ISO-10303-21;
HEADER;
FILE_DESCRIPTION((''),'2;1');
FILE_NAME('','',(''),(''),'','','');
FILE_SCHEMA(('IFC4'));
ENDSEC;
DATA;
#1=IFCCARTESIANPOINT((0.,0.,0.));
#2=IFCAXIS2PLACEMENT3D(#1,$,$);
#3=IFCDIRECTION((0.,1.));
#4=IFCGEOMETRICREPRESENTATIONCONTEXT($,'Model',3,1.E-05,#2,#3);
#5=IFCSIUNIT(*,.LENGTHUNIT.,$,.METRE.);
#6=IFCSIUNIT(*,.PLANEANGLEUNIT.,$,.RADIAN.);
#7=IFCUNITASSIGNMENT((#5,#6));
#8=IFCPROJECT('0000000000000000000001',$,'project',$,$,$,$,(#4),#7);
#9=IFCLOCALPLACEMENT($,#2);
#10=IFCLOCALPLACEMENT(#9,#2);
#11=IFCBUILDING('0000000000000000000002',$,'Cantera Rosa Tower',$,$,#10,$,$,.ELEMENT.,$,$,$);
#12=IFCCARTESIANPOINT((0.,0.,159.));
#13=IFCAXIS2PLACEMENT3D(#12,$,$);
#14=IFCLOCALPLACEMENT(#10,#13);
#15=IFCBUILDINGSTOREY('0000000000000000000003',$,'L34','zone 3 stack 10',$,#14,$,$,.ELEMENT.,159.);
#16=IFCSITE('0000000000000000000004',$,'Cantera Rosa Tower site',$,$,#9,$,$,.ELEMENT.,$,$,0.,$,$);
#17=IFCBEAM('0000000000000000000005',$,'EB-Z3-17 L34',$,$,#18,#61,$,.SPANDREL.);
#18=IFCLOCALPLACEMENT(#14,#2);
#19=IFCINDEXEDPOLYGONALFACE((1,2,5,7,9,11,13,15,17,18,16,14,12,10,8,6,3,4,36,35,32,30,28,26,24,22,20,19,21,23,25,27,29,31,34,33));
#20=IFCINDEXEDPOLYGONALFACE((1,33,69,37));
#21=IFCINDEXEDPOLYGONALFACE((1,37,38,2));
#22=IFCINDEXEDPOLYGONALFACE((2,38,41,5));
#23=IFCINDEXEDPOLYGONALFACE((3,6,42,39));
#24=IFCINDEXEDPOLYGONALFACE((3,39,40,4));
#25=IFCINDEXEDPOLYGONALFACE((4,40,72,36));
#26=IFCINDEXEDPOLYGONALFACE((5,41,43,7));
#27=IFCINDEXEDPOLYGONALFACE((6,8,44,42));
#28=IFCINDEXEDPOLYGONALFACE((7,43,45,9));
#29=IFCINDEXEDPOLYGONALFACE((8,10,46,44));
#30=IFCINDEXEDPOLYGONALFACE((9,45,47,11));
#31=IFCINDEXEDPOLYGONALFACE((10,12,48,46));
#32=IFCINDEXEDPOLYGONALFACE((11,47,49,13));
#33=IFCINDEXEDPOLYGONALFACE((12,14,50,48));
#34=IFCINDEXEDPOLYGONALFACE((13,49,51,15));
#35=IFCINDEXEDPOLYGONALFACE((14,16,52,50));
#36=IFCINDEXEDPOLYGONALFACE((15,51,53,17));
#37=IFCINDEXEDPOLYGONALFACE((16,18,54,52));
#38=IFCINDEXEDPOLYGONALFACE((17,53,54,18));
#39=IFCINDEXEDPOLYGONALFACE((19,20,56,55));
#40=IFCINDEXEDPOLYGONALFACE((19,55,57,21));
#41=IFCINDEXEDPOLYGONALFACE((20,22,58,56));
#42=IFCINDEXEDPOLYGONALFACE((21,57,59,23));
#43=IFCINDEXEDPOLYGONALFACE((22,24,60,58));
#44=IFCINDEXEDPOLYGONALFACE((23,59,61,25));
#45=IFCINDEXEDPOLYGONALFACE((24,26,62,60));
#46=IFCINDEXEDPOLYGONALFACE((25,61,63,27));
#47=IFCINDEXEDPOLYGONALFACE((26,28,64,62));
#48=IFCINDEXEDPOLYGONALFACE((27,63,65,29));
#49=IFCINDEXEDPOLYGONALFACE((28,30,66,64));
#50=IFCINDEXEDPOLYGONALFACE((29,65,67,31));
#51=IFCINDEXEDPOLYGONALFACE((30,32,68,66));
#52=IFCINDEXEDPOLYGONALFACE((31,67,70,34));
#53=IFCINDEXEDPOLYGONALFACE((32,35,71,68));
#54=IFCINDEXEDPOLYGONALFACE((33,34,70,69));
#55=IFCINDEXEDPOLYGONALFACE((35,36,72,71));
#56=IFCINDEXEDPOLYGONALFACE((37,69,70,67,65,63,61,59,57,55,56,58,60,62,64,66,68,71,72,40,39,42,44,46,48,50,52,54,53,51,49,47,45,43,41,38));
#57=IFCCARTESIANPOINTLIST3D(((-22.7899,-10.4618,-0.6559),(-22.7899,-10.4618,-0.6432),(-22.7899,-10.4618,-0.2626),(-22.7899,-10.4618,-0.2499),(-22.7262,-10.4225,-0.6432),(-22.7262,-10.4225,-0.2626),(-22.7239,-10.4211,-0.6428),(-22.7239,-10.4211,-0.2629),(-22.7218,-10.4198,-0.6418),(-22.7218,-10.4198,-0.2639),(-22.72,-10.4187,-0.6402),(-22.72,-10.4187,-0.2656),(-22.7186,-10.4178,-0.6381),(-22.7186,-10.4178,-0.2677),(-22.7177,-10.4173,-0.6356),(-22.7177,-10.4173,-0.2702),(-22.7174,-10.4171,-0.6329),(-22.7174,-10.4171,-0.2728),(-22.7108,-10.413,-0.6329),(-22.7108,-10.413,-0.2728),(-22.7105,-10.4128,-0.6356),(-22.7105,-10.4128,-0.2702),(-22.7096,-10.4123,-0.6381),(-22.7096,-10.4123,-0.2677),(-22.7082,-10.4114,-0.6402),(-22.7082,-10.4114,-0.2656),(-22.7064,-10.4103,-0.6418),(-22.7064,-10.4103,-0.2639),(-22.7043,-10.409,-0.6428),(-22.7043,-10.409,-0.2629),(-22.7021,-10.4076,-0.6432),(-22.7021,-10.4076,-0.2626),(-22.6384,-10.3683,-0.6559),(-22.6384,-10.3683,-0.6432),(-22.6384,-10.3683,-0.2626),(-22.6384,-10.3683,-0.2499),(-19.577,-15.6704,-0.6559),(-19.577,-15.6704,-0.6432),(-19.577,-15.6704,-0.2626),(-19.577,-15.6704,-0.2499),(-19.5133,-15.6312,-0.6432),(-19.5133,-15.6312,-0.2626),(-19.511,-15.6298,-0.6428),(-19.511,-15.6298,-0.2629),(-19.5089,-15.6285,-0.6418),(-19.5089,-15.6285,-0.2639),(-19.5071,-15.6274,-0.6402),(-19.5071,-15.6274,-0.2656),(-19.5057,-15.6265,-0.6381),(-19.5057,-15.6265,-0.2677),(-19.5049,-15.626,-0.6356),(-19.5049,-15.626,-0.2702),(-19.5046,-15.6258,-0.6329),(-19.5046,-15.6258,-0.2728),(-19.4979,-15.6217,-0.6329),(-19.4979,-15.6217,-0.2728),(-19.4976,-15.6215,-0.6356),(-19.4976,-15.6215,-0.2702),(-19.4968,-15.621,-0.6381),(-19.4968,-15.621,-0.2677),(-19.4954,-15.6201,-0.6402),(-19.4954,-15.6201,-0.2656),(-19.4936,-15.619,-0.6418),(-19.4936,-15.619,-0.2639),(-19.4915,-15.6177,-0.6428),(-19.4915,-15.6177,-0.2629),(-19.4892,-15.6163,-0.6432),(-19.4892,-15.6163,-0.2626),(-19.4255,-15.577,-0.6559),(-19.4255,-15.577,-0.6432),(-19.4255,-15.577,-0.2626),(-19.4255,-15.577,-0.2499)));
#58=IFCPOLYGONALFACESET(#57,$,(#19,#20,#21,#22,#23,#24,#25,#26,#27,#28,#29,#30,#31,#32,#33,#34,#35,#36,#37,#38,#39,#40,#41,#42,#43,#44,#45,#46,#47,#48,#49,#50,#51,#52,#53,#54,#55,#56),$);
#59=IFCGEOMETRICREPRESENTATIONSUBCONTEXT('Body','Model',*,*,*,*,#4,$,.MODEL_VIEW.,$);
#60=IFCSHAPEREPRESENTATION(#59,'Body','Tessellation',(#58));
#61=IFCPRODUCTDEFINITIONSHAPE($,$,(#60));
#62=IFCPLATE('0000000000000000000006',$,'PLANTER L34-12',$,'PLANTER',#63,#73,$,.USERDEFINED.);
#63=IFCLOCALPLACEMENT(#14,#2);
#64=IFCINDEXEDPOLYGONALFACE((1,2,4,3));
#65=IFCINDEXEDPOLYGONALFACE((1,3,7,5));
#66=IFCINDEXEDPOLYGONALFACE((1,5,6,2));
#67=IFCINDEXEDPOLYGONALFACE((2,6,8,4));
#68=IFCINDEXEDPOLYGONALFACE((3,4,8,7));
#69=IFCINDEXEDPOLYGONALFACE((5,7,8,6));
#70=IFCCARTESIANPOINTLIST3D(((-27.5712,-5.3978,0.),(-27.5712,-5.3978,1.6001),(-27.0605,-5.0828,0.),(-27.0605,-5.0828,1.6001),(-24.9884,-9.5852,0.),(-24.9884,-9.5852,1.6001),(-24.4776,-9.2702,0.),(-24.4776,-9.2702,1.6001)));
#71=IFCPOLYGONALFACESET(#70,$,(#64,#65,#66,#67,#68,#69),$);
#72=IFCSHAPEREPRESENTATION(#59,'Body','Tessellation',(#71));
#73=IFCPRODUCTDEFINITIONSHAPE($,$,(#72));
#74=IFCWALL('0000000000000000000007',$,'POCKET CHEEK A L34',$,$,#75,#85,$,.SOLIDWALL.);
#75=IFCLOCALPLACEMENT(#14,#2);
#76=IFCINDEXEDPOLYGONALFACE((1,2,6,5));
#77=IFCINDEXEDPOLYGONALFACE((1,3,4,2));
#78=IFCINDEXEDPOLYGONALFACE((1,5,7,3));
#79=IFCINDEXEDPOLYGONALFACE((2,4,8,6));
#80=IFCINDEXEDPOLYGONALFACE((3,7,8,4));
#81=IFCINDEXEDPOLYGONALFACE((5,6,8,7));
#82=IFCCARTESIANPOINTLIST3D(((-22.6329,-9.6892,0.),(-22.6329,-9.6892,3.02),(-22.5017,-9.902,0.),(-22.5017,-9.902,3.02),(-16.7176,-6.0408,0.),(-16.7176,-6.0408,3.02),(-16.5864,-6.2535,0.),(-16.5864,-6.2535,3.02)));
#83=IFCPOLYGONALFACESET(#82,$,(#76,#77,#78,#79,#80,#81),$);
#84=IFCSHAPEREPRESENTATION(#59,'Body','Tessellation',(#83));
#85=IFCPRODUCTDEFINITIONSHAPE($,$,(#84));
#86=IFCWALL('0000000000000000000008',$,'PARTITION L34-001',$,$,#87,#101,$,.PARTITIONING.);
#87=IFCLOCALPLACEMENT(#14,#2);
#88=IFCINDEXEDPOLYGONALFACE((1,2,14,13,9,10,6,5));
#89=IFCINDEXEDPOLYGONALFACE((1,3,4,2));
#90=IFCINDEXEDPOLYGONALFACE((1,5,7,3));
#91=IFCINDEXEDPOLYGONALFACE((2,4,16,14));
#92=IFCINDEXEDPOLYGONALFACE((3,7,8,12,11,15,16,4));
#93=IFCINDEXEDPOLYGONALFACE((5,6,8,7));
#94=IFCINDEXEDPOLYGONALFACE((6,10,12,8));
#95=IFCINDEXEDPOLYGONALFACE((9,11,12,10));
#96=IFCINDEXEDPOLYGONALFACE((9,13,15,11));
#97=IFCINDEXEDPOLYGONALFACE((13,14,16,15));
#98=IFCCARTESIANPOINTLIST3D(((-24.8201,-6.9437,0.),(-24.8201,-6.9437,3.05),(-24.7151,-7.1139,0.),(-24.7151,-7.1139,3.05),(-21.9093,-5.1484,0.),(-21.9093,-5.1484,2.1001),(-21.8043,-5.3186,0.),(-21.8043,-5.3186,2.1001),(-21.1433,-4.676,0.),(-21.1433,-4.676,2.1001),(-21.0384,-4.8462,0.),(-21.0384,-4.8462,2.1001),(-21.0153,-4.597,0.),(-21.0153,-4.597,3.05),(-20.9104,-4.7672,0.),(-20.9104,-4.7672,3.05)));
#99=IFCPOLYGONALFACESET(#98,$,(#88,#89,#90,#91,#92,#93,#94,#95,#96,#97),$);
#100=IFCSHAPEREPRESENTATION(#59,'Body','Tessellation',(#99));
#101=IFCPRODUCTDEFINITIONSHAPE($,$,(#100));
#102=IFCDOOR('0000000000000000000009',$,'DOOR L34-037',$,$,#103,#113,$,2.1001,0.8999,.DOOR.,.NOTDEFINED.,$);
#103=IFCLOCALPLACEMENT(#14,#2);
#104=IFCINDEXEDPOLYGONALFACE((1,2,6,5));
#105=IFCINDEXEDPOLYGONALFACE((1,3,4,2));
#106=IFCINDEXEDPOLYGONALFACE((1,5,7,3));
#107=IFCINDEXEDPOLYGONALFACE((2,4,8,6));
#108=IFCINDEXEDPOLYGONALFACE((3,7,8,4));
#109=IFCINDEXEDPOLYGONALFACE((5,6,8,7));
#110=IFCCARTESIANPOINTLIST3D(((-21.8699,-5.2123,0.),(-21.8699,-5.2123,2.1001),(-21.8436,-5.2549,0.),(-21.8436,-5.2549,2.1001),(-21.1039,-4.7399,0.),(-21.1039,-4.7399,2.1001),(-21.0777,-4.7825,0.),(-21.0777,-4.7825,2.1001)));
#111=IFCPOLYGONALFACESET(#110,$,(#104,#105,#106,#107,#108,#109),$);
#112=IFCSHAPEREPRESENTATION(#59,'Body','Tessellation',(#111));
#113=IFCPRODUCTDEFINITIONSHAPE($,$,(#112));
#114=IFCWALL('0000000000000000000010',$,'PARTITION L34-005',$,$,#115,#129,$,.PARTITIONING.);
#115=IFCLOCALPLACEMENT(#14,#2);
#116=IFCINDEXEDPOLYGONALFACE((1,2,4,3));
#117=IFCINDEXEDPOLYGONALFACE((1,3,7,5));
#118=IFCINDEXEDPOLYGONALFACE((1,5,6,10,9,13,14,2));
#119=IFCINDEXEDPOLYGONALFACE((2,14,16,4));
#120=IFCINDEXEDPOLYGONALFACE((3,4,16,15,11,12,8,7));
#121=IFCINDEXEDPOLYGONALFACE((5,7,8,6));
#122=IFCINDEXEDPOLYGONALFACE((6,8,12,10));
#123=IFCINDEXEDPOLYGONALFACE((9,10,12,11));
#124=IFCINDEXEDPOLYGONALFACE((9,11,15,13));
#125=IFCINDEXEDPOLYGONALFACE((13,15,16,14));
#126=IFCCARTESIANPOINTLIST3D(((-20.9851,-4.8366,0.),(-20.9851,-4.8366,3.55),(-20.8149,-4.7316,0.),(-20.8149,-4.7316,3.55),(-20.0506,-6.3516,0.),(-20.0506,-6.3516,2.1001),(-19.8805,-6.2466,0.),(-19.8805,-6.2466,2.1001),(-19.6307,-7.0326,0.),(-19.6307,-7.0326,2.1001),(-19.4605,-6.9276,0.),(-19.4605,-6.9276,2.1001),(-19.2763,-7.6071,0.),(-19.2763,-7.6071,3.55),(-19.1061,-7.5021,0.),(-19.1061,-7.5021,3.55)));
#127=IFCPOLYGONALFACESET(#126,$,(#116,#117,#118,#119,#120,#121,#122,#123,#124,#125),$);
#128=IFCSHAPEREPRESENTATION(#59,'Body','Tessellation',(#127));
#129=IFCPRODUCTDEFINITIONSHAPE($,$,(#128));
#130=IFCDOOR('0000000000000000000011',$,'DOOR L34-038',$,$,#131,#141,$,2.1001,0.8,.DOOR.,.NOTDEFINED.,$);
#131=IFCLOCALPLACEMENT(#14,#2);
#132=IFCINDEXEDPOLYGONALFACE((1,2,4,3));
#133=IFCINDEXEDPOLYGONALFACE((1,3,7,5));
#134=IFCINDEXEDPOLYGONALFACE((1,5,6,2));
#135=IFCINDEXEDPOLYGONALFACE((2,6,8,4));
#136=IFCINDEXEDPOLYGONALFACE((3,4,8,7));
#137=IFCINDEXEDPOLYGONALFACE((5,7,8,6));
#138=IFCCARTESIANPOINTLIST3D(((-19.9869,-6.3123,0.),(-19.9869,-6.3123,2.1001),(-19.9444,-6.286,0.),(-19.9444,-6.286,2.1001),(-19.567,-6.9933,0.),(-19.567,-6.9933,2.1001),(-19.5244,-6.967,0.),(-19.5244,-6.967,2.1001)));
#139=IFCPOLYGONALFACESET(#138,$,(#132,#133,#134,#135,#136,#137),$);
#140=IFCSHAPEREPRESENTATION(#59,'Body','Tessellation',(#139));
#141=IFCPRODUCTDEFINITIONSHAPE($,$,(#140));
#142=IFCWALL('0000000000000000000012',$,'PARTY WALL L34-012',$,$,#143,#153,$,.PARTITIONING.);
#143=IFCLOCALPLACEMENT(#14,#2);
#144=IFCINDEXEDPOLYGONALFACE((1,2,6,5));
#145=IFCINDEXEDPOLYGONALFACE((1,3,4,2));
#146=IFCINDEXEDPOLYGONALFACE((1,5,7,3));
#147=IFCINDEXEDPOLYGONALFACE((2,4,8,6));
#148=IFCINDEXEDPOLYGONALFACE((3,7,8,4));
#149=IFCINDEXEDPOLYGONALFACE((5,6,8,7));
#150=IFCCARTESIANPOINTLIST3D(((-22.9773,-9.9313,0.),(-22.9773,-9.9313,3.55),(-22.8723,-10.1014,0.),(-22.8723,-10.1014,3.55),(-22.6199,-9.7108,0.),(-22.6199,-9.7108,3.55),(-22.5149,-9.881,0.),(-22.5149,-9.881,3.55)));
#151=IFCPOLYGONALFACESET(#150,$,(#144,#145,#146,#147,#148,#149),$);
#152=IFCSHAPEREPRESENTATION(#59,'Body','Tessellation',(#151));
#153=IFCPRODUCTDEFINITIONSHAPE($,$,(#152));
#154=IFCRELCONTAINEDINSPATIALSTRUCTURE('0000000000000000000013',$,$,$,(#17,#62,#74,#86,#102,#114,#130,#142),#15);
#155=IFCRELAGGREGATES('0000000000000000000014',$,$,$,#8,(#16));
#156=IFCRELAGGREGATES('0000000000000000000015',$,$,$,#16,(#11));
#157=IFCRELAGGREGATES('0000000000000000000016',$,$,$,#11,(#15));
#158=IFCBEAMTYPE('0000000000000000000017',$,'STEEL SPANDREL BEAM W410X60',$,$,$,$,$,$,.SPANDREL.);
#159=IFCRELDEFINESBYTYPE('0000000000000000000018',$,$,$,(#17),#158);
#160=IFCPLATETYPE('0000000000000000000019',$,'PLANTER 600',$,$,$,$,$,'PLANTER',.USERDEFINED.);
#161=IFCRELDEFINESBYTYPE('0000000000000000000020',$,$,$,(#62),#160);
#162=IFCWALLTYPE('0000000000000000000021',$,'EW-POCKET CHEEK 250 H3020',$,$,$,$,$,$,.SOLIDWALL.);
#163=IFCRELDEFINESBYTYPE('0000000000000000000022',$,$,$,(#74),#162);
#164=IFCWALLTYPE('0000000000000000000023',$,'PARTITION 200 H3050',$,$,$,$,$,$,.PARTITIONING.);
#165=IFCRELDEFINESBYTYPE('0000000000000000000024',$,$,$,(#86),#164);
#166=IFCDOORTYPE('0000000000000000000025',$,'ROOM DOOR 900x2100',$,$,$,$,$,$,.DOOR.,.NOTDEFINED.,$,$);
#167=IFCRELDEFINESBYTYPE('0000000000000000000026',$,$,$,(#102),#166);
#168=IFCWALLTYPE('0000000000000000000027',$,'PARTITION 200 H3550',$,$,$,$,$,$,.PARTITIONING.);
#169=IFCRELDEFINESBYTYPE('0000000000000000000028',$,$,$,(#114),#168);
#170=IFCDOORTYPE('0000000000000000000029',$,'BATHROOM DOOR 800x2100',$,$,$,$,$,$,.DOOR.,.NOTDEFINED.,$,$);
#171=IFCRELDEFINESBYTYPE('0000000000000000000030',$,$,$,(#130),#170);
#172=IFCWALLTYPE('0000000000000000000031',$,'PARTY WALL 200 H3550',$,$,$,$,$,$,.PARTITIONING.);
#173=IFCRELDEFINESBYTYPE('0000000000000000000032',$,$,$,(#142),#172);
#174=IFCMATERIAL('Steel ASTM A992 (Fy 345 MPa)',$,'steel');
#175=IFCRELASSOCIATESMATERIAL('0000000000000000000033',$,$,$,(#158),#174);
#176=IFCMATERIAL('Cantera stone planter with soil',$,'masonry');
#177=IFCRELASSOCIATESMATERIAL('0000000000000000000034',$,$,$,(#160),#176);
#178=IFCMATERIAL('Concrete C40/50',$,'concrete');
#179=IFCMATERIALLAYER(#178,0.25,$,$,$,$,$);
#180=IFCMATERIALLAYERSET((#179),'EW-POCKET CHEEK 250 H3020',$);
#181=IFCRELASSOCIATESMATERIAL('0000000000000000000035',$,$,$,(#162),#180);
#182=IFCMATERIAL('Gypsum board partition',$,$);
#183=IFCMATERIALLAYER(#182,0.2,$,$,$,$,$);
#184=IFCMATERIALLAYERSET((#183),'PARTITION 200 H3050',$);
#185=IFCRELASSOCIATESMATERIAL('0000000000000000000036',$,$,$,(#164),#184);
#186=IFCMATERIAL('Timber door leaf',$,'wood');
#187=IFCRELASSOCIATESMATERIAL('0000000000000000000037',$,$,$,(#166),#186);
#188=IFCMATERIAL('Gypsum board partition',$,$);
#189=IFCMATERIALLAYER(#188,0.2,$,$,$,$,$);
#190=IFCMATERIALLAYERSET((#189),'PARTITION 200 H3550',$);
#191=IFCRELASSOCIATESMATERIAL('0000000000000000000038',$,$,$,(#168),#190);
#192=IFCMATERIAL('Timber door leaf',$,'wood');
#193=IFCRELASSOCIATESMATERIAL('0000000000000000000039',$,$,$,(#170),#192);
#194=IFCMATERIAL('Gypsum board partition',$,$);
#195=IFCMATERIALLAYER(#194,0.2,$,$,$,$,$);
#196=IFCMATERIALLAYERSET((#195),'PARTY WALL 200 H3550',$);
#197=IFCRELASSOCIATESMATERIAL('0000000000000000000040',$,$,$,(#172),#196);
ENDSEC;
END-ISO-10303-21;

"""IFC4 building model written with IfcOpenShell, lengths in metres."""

from ifc_helpers import new_model, si_unit, direction, frame, frame_2d, origin, origin_2d, place, context, subcontext, project, spatial, rectangle, i_section, extrude, material, layer, layer_set, material_profile, profile_set, type_object, element, fill, save


model = new_model("IFC4")

# Units and contexts
model_context = context("Model", 3, precision=1e-05, world=origin(), true_north=direction((0.0, 1.0)))
body_context = subcontext(model_context, "Body", "Model", "MODEL_VIEW")
ifc_project = project(units=[si_unit("LENGTHUNIT", "METRE"), si_unit("PLANEANGLEUNIT", "RADIAN")], contexts=[model_context])

# Site, building, storey
site_placement = place(None, origin())
site = spatial("IfcSite", under=ifc_project, at=site_placement, Name="Cantera Rosa Tower site", CompositionType="ELEMENT", RefElevation=0.0)
building_placement = place(site_placement, origin())
building = spatial("IfcBuilding", under=site, at=building_placement, Name="Cantera Rosa Tower", CompositionType="ELEMENT")
storey_placement = place(building_placement, frame((0.0, 0.0, 159.0)))
storey = spatial("IfcBuildingStorey", under=building, at=storey_placement, Name="L34", Description="zone 3 stack 10", CompositionType="ELEMENT", Elevation=159.0)

# Beam
ifc_material_1 = material(Name="Steel ASTM A992 (Fy 345 MPa)", Category="steel")
ifc_material_profile_1 = material_profile(ifc_material_1, i_section(OverallWidth=0.178, OverallDepth=0.406, WebThickness=0.0078, FlangeThickness=0.0127, FilletRadius=0.0103, at=origin_2d()), Name="W410X60")
ifc_profile_set_1 = profile_set([ifc_material_profile_1], Name="Steel ASTM A992 (Fy 345 MPa)")
beam_type_1 = type_object("IfcBeamType", Name="STEEL SPANDREL BEAM W410X60", PredefinedType="SPANDREL", material=ifc_profile_set_1)
for number, where, z_axis, x_axis, name in (
    (1, (-22.7141, -10.415, -0.4529), (0.524987, -0.85111, 0.0), (0.85111, 0.524987, 0.0), "EB-Z3-17 L34"),
):
    element("IfcBeam", number, at=place(storey_placement, frame(where, z_axis=z_axis, x_axis=x_axis)), inside=storey, type_object=beam_type_1, Name=name, PredefinedType="SPANDREL", context=body_context, shape_type="SweptSolid", body=[
        extrude(i_section(OverallWidth=0.178, OverallDepth=0.406, WebThickness=0.0078, FlangeThickness=0.0127, FilletRadius=0.0103, at=origin_2d()), origin(), (0.0, 0.0, 1.0), 6.1199),
    ])

# Plate
ifc_material_2 = material(Name="Cantera stone planter with soil", Category="masonry")
plate_type = type_object("IfcPlateType", Name="PLANTER 600", ElementType="PLANTER", PredefinedType="USERDEFINED", material=ifc_material_2)
plate_placement = place(storey_placement, frame((-26.0244, -7.334, 0.0), z_axis=(0.0, 0.0, 1.0), x_axis=(0.524977, -0.851117, 0.0)))
element("IfcPlate", 2, at=plate_placement, inside=storey, type_object=plate_type, Name="PLANTER L34-12", ObjectType="PLANTER", PredefinedType="USERDEFINED", context=body_context, shape_type="SweptSolid", body=[
    extrude(rectangle(XDim=4.9199, YDim=0.6001, at=origin_2d()), origin(), (0.0, 0.0, 1.0), 1.6001),
])

# Wall
ifc_material_3 = material(Name="Concrete C40/50", Category="concrete")
ifc_layer_1 = layer(ifc_material_3, 0.25)
ifc_layer_set_1 = layer_set([ifc_layer_1], Name="EW-POCKET CHEEK 250 H3020")
wall_type_1 = type_object("IfcWallType", Name="EW-POCKET CHEEK 250 H3020", PredefinedType="SOLIDWALL", material=ifc_layer_set_1)
wall_1_placement = place(storey_placement, frame((-22.5674, -9.7957, 0.0), z_axis=(0.0, 0.0, 1.0), x_axis=(0.851127, 0.52496, 0.0)))
element("IfcWall", 3, at=wall_1_placement, inside=storey, type_object=wall_type_1, Name="POCKET CHEEK A L34", PredefinedType="SOLIDWALL", context=body_context, shape_type="SweptSolid", body=[
    extrude(rectangle(XDim=6.95, YDim=0.25, at=frame_2d((3.4751, 0.0))), origin(), (0.0, 0.0, 1.0), 3.02),
])

# Walls, openings, doors
ifc_material_4 = material(Name="Gypsum board partition")
ifc_layer_2 = layer(ifc_material_4, 0.2)
ifc_layer_set_2 = layer_set([ifc_layer_2], Name="PARTITION 200 H3050")
wall_type_2 = type_object("IfcWallType", Name="PARTITION 200 H3050", PredefinedType="PARTITIONING", material=ifc_layer_set_2)
wall_2_placement = place(storey_placement, frame((-24.7676, -7.0288, 0.0), z_axis=(0.0, 0.0, 1.0), x_axis=(0.851125, 0.524963, 0.0)))
wall_2 = element("IfcWall", 4, at=wall_2_placement, inside=storey, type_object=wall_type_2, Name="PARTITION L34-001", PredefinedType="PARTITIONING", context=body_context, shape_type="SweptSolid", body=[
    extrude(rectangle(XDim=4.4702, YDim=0.2, at=frame_2d((2.2351, 0.0))), origin(), (0.0, 0.0, 1.0), 3.05),
])
opening_1_placement = place(wall_2_placement, frame((3.4199, 0.0, 0.0)))
opening_1 = element("IfcOpeningElement", 5, at=opening_1_placement, cuts=wall_2, PredefinedType="OPENING", context=body_context, shape_type="SweptSolid", body=[
    extrude(rectangle(XDim=0.8999, YDim=2.1001, at=frame_2d((0.45, 1.05))), frame((0.0, 0.1099, 0.0), z_axis=(0.0, -1.0, 0.0), x_axis=(1.0, 0.0, 0.0)), (0.0, 0.0, 1.0), 0.22),
])
ifc_material_5 = material(Name="Timber door leaf", Category="wood")
door_type_1 = type_object("IfcDoorType", Name="ROOM DOOR 900x2100", OperationType="NOTDEFINED", PredefinedType="DOOR", material=ifc_material_5)
door_1_placement = place(opening_1_placement, origin())
door_1 = element("IfcDoor", 6, at=door_1_placement, inside=storey, type_object=door_type_1, Name="DOOR L34-037", OperationType="NOTDEFINED", OverallHeight=2.1001, OverallWidth=0.8999, PredefinedType="DOOR", context=body_context, shape_type="SweptSolid", body=[
    extrude(rectangle(XDim=0.8999, YDim=2.1001, at=frame_2d((0.45, 1.05))), frame((0.0, 0.0249, 0.0), z_axis=(0.0, -1.0, 0.0), x_axis=(1.0, 0.0, 0.0)), (0.0, 0.0, 1.0), 0.05),
])
fill(opening_1, door_1)
ifc_material_6 = material(Name="Gypsum board partition")
ifc_layer_3 = layer(ifc_material_6, 0.2)
ifc_layer_set_3 = layer_set([ifc_layer_3], Name="PARTITION 200 H3550")
wall_type_3 = type_object("IfcWallType", Name="PARTITION 200 H3550", PredefinedType="PARTITIONING", material=ifc_layer_set_3)
wall_3_placement = place(storey_placement, frame((-20.8999, -4.7842, 0.0), z_axis=(0.0, 0.0, 1.0), x_axis=(0.524947, -0.851135, 0.0)))
wall_3 = element("IfcWall", 7, at=wall_3_placement, inside=storey, type_object=wall_type_3, Name="PARTITION L34-005", PredefinedType="PARTITIONING", context=body_context, shape_type="SweptSolid", body=[
    extrude(rectangle(XDim=3.2551, YDim=0.2, at=frame_2d((1.6274, 0.0))), origin(), (0.0, 0.0, 1.0), 3.55),
])
opening_2_placement = place(wall_3_placement, frame((1.78, 0.0, 0.0)))
opening_2 = element("IfcOpeningElement", 8, at=opening_2_placement, cuts=wall_3, PredefinedType="OPENING", context=body_context, shape_type="SweptSolid", body=[
    extrude(rectangle(XDim=0.8, YDim=2.1001, at=frame_2d((0.3999, 1.05))), frame((0.0, 0.1099, 0.0), z_axis=(0.0, -1.0, 0.0), x_axis=(1.0, 0.0, 0.0)), (0.0, 0.0, 1.0), 0.22),
])
ifc_material_7 = material(Name="Timber door leaf", Category="wood")
door_type_2 = type_object("IfcDoorType", Name="BATHROOM DOOR 800x2100", OperationType="NOTDEFINED", PredefinedType="DOOR", material=ifc_material_7)
door_2_placement = place(opening_2_placement, origin())
door_2 = element("IfcDoor", 9, at=door_2_placement, inside=storey, type_object=door_type_2, Name="DOOR L34-038", OperationType="NOTDEFINED", OverallHeight=2.1001, OverallWidth=0.8, PredefinedType="DOOR", context=body_context, shape_type="SweptSolid", body=[
    extrude(rectangle(XDim=0.8, YDim=2.1001, at=frame_2d((0.3999, 1.05))), frame((0.0, 0.0249, 0.0), z_axis=(0.0, -1.0, 0.0), x_axis=(1.0, 0.0, 0.0)), (0.0, 0.0, 1.0), 0.05),
])
fill(opening_2, door_2)

# Wall
ifc_material_8 = material(Name="Gypsum board partition")
ifc_layer_4 = layer(ifc_material_8, 0.2)
ifc_layer_set_4 = layer_set([ifc_layer_4], Name="PARTY WALL 200 H3550")
wall_type_4 = type_object("IfcWallType", Name="PARTY WALL 200 H3550", PredefinedType="PARTITIONING", material=ifc_layer_set_4)
wall_4_placement = place(storey_placement, frame((-22.5674, -9.7959, 0.0), z_axis=(0.0, 0.0, 1.0), x_axis=(-0.851119, -0.524973, 0.0)))
element("IfcWall", 10, at=wall_4_placement, inside=storey, type_object=wall_type_4, Name="PARTY WALL L34-012", PredefinedType="PARTITIONING", context=body_context, shape_type="SweptSolid", body=[
    extrude(rectangle(XDim=0.4199, YDim=0.2, at=frame_2d((0.21, 0.0))), origin(), (0.0, 0.0, 1.0), 3.55),
])

save(model, "model.ifc")
